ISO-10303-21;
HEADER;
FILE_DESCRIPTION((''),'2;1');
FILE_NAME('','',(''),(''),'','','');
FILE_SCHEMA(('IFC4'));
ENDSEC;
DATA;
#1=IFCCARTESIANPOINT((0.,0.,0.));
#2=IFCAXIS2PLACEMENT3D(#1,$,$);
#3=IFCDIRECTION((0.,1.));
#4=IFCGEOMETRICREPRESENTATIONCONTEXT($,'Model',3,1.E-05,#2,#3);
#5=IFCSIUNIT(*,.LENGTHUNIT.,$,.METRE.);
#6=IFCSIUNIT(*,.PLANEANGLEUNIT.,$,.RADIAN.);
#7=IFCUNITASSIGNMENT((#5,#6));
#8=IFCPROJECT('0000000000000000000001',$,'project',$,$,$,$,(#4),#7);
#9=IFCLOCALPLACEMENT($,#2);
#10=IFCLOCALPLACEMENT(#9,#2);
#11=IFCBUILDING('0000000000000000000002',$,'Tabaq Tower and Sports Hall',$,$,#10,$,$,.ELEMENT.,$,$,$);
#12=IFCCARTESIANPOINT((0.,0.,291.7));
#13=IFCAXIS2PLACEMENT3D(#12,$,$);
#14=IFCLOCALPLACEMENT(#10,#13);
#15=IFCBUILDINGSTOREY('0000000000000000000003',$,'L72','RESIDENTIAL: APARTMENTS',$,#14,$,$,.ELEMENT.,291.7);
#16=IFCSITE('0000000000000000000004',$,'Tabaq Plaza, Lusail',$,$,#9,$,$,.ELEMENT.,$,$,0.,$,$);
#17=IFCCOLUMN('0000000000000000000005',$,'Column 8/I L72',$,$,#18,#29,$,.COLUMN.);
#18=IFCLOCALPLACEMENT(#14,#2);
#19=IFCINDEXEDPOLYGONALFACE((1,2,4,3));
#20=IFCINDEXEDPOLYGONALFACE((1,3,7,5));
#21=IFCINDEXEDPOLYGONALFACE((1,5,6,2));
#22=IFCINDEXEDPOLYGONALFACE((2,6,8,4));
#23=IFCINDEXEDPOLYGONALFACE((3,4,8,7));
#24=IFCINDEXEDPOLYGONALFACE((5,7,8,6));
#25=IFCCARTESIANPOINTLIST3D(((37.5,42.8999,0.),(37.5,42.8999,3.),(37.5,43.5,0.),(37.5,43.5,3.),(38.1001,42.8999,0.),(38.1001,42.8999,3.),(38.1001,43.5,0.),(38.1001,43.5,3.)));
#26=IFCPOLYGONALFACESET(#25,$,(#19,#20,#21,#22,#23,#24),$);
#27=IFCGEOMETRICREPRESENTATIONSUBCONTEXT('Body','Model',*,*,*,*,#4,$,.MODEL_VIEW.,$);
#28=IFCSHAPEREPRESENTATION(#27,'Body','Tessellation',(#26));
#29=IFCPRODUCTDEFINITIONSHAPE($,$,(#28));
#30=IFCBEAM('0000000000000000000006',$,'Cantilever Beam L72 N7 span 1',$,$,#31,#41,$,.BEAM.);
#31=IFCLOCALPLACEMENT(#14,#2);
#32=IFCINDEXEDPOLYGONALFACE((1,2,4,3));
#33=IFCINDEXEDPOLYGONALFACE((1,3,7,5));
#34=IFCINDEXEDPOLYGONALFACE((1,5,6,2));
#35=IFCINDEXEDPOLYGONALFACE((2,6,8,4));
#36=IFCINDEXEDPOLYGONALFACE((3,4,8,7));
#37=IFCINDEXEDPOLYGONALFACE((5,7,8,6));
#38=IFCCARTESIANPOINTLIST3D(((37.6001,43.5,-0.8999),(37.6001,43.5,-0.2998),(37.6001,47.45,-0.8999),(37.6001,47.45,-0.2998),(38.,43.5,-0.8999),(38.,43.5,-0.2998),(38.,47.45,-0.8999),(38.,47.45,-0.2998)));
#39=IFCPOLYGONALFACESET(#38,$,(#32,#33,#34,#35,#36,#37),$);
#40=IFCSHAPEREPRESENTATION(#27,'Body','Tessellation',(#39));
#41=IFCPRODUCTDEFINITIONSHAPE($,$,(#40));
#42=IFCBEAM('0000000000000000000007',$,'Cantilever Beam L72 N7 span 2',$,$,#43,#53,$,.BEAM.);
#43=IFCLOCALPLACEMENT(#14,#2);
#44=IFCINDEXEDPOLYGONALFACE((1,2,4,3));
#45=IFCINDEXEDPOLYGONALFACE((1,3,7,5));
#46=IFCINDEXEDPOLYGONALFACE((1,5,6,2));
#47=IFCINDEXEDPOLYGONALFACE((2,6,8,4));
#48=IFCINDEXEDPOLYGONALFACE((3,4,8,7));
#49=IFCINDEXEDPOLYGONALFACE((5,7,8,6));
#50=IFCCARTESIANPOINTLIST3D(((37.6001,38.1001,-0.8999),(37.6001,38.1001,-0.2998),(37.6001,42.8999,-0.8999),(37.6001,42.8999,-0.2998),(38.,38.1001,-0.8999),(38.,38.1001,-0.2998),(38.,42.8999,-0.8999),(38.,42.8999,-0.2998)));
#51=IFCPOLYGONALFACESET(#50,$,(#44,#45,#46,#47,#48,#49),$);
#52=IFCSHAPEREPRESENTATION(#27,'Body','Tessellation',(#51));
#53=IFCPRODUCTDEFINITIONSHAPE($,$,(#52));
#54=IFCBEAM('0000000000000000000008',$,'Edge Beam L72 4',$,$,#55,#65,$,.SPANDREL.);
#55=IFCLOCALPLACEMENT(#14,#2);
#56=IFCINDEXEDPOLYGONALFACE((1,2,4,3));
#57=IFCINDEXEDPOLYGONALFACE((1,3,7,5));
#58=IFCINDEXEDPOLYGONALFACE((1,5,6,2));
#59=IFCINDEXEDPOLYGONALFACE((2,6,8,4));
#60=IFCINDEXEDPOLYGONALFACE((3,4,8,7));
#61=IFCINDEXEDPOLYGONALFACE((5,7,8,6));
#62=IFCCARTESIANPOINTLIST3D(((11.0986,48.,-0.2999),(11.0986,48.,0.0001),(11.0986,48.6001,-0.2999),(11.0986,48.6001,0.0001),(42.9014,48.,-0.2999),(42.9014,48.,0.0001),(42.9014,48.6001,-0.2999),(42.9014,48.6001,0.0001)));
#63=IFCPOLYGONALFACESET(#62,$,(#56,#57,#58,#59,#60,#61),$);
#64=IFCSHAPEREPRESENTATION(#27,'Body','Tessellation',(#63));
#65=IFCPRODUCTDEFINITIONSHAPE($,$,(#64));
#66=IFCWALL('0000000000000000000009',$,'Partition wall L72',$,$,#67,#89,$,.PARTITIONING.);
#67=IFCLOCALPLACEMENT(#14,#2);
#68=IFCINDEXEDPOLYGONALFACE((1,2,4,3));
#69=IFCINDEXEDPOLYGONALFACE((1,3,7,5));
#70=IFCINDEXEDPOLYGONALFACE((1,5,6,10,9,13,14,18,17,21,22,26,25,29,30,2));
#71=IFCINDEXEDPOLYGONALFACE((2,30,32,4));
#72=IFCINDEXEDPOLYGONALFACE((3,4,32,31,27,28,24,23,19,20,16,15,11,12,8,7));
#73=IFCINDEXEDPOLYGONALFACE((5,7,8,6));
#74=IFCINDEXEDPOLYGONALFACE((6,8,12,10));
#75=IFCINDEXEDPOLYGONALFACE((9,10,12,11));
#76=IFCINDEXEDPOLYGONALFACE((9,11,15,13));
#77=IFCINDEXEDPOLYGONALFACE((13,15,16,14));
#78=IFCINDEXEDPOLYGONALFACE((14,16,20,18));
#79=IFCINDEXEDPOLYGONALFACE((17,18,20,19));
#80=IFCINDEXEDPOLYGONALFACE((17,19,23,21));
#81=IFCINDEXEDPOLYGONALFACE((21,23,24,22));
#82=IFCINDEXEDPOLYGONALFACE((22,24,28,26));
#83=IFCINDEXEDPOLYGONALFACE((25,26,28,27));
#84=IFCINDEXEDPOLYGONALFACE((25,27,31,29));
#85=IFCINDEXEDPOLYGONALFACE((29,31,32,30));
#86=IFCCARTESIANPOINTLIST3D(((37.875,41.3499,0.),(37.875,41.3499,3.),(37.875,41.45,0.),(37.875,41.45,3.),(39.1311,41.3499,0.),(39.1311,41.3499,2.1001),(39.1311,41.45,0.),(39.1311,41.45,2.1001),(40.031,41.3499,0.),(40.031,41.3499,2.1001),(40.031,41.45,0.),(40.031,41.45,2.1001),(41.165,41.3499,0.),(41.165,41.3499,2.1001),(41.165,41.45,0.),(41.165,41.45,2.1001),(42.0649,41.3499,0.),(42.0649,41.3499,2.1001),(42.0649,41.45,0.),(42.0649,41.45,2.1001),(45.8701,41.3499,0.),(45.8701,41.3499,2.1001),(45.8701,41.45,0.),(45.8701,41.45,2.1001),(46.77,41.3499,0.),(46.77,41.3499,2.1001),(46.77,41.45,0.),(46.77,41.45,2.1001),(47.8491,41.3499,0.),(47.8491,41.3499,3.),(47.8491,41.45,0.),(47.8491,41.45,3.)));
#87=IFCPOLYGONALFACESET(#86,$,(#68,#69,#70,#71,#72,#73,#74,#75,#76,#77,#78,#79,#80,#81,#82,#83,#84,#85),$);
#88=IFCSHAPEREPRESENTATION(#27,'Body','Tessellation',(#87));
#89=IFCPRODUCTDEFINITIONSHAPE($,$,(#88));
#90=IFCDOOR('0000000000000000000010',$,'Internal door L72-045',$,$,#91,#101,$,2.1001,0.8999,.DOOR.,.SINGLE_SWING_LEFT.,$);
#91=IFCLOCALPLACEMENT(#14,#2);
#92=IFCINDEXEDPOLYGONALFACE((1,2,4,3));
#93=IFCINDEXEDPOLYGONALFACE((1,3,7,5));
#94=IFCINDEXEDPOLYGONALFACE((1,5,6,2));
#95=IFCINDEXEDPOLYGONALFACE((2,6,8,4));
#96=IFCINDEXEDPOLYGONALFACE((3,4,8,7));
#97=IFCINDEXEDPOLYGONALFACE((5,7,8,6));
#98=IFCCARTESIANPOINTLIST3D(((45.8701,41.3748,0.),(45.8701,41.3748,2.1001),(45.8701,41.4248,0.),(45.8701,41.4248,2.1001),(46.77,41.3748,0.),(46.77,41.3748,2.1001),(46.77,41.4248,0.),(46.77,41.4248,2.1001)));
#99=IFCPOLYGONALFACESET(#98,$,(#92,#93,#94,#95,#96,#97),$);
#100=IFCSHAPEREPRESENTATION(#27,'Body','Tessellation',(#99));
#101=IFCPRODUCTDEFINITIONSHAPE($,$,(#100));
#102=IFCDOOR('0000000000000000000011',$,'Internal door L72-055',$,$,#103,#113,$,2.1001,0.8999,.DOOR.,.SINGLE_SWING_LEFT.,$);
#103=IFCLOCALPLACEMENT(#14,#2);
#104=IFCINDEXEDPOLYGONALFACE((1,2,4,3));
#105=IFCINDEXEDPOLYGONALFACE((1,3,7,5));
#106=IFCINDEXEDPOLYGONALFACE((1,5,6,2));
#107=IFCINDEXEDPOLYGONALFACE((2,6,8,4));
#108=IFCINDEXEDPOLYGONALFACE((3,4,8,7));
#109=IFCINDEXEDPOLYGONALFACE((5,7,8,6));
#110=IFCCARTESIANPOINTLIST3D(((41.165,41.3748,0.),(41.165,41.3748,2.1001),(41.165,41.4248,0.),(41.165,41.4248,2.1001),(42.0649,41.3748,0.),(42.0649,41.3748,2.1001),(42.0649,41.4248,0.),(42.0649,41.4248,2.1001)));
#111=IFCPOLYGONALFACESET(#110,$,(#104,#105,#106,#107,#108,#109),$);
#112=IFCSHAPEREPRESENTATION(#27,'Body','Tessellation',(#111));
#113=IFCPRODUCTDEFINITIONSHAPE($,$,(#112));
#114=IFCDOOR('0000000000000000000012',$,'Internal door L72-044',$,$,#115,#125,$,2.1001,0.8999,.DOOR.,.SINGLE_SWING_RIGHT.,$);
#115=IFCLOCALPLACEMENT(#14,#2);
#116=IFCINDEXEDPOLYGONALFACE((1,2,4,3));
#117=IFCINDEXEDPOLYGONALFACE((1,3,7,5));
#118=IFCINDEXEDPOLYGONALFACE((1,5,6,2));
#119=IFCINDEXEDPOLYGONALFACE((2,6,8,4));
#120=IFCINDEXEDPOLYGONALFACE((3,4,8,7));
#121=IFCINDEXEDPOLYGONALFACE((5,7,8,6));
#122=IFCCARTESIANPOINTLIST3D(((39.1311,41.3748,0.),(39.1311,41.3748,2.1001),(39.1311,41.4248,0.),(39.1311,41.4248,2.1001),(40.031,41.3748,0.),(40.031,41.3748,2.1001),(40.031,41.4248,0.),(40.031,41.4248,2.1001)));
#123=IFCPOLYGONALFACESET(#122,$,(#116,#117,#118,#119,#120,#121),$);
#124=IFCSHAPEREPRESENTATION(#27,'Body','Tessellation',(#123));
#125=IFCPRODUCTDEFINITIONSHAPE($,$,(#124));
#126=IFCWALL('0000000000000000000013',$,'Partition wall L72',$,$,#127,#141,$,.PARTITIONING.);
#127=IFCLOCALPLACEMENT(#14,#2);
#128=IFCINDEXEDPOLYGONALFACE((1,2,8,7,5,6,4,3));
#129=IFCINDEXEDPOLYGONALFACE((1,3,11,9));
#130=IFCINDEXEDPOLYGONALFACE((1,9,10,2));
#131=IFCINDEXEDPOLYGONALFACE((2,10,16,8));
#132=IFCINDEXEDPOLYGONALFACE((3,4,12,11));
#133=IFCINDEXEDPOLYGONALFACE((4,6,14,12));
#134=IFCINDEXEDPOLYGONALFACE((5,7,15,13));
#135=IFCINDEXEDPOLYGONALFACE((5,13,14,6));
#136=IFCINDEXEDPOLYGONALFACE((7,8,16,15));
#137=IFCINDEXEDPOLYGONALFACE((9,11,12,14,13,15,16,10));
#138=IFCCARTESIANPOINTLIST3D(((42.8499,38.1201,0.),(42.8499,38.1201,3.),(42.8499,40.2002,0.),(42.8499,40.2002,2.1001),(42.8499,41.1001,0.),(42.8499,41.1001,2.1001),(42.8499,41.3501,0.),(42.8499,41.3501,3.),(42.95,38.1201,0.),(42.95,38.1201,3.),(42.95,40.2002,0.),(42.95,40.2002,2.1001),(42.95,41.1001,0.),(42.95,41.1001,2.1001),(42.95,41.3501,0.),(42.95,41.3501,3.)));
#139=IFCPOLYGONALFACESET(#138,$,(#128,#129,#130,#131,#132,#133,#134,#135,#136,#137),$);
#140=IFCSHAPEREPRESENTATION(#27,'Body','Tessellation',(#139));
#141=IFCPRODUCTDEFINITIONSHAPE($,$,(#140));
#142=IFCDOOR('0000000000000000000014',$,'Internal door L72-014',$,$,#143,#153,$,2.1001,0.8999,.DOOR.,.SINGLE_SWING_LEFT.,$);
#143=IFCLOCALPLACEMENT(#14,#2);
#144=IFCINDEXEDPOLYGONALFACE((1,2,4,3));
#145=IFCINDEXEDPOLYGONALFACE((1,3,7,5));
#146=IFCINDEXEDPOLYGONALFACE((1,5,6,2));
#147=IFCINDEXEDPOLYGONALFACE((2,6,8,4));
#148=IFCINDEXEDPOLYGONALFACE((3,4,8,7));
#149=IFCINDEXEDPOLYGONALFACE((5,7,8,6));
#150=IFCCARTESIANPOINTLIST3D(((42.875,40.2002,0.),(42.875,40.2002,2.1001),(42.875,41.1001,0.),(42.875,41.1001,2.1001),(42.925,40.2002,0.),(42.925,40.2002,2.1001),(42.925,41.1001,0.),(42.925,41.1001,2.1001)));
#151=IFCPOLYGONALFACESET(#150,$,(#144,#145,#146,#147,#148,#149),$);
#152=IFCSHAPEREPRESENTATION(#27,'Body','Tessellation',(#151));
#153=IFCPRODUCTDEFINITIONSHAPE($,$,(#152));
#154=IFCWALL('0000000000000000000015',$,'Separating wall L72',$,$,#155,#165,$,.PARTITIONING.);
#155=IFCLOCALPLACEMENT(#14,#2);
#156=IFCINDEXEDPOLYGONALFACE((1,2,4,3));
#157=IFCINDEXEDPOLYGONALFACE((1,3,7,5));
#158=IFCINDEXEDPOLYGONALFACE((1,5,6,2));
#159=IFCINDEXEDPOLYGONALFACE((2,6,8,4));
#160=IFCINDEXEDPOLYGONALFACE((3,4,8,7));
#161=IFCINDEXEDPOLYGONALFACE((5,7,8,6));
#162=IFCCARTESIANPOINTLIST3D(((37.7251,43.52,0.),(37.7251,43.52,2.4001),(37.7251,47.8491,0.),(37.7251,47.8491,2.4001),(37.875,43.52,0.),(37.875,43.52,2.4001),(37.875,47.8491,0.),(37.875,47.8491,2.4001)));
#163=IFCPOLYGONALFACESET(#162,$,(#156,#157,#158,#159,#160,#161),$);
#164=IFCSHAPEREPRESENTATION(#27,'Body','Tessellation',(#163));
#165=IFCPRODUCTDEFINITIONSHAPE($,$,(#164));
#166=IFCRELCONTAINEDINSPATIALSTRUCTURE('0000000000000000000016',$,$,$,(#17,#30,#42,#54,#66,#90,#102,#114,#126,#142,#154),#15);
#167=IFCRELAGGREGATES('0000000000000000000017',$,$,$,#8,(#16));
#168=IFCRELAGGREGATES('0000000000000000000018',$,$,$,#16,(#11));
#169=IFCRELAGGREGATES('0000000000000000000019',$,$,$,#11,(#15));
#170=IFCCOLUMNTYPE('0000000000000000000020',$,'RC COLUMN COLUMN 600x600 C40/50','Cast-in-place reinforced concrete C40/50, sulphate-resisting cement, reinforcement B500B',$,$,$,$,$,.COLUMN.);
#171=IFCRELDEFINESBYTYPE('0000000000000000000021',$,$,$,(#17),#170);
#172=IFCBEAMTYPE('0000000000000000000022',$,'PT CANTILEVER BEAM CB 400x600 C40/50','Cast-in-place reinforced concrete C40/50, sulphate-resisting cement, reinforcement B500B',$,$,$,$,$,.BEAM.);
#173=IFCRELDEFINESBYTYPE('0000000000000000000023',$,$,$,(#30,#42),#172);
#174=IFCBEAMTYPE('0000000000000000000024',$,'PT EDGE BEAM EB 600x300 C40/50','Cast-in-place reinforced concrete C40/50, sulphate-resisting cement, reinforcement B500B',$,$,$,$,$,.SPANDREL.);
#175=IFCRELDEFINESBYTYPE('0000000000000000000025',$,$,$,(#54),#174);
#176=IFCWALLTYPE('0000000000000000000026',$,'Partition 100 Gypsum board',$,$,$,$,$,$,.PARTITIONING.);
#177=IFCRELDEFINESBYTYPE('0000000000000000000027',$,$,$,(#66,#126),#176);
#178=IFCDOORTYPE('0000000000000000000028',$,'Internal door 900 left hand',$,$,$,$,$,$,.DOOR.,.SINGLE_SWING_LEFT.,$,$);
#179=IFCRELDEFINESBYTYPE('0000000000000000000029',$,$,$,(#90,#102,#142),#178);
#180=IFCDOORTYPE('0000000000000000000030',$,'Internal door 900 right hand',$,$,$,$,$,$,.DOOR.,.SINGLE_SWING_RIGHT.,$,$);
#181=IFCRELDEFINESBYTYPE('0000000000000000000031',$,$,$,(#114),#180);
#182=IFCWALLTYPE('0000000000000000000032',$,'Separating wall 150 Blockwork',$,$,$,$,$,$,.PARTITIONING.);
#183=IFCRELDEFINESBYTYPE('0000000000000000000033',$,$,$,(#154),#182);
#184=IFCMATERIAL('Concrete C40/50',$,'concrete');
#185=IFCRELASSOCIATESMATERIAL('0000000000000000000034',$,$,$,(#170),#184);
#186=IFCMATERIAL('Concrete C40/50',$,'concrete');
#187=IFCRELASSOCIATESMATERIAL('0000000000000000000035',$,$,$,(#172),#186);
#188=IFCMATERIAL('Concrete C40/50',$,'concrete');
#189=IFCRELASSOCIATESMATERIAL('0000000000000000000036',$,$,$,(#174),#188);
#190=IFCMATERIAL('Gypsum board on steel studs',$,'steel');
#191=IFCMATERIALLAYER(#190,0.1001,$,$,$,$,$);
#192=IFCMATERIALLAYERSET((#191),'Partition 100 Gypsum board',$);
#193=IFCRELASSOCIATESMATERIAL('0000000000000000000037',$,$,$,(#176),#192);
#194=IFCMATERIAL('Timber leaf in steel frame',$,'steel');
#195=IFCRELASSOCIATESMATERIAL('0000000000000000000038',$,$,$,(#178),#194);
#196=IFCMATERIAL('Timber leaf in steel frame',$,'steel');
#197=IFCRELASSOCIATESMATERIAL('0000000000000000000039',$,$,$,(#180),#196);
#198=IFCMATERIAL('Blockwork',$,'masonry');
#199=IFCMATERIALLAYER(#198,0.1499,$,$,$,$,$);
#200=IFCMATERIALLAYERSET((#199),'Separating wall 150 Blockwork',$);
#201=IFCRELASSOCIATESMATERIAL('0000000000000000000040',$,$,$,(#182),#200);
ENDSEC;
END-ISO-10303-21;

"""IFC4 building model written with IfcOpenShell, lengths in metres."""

from ifc_helpers import new_model, si_unit, direction, frame, frame_2d, origin, origin_2d, place, context, subcontext, project, spatial, rectangle, extrude, material, layer, layer_set, material_profile, profile_set, type_object, element, fill, save


model = new_model("IFC4")

# Units and contexts
model_context = context("Model", 3, precision=1e-05, world=origin(), true_north=direction((0.0, 1.0)))
body_context = subcontext(model_context, "Body", "Model", "MODEL_VIEW")
ifc_project = project(units=[si_unit("LENGTHUNIT", "METRE"), si_unit("PLANEANGLEUNIT", "RADIAN")], contexts=[model_context])

# Site, building, storey
site_placement = place(None, origin())
site = spatial("IfcSite", under=ifc_project, at=site_placement, Name="Tabaq Plaza, Lusail", CompositionType="ELEMENT", RefElevation=0.0)
building_placement = place(site_placement, origin())
building = spatial("IfcBuilding", under=site, at=building_placement, Name="Tabaq Tower and Sports Hall", CompositionType="ELEMENT")
storey_placement = place(building_placement, frame((0.0, 0.0, 291.7)))
storey = spatial("IfcBuildingStorey", under=building, at=storey_placement, Name="L72", Description="RESIDENTIAL: APARTMENTS", CompositionType="ELEMENT", Elevation=291.7)

# Column
ifc_material_1 = material(Name="Concrete C40/50", Category="concrete")
ifc_material_profile_1 = material_profile(ifc_material_1, rectangle(XDim=0.6001, YDim=0.6001, at=origin_2d()), Name="COLUMN 600x600")
ifc_profile_set_1 = profile_set([ifc_material_profile_1], Name="Concrete C40/50")
column_type = type_object("IfcColumnType", Name="RC COLUMN COLUMN 600x600 C40/50", Description="Cast-in-place reinforced concrete C40/50, sulphate-resisting cement, reinforcement B500B", PredefinedType="COLUMN", material=ifc_profile_set_1)
column_placement = place(storey_placement, frame((37.8, 43.2, 0.0), z_axis=(0.0, 0.0, 1.0), x_axis=(1.0, 0.0, 0.0)))
element("IfcColumn", 1, at=column_placement, inside=storey, type_object=column_type, Name="Column 8/I L72", PredefinedType="COLUMN", context=body_context, shape_type="SweptSolid", body=[
    extrude(rectangle(XDim=0.6001, YDim=0.6001, at=origin_2d()), origin(), (0.0, 0.0, 1.0), 3.0),
])

# Beams
ifc_material_2 = material(Name="Concrete C40/50", Category="concrete")
ifc_material_profile_2 = material_profile(ifc_material_2, rectangle(XDim=0.3999, YDim=0.6001, at=origin_2d()), Name="CB 400x600")
ifc_profile_set_2 = profile_set([ifc_material_profile_2], Name="Concrete C40/50")
beam_type_1 = type_object("IfcBeamType", Name="PT CANTILEVER BEAM CB 400x600 C40/50", Description="Cast-in-place reinforced concrete C40/50, sulphate-resisting cement, reinforcement B500B", PredefinedType="BEAM", material=ifc_profile_set_2)
beam_1_placement = place(storey_placement, frame((37.8, 47.45, -0.5999), z_axis=(0.0, -1.0, 0.0), x_axis=(1.0, 0.0, 0.0)))
element("IfcBeam", 2, at=beam_1_placement, inside=storey, type_object=beam_type_1, Name="Cantilever Beam L72 N7 span 1", PredefinedType="BEAM", context=body_context, shape_type="SweptSolid", body=[
    extrude(rectangle(XDim=0.3999, YDim=0.6001, at=origin_2d()), origin(), (0.0, 0.0, 1.0), 3.95),
])
beam_2_placement = place(storey_placement, frame((37.8, 42.8999, -0.5999), z_axis=(0.0, -1.0, 0.0), x_axis=(1.0, 0.0, 0.0)))
element("IfcBeam", 3, at=beam_2_placement, inside=storey, type_object=beam_type_1, Name="Cantilever Beam L72 N7 span 2", PredefinedType="BEAM", context=body_context, shape_type="SweptSolid", body=[
    extrude(rectangle(XDim=0.3999, YDim=0.6001, at=origin_2d()), origin(), (0.0, 0.0, 1.0), 4.7998),
])
ifc_material_3 = material(Name="Concrete C40/50", Category="concrete")
ifc_material_profile_3 = material_profile(ifc_material_3, rectangle(XDim=0.6001, YDim=0.3, at=origin_2d()), Name="EB 600x300")
ifc_profile_set_3 = profile_set([ifc_material_profile_3], Name="Concrete C40/50")
beam_type_2 = type_object("IfcBeamType", Name="PT EDGE BEAM EB 600x300 C40/50", Description="Cast-in-place reinforced concrete C40/50, sulphate-resisting cement, reinforcement B500B", PredefinedType="SPANDREL", material=ifc_profile_set_3)
beam_3_placement = place(storey_placement, frame((42.9014, 48.3, -0.1499), z_axis=(-1.0, 0.0, 0.0), x_axis=(0.0, -1.0, 0.0)))
element("IfcBeam", 4, at=beam_3_placement, inside=storey, type_object=beam_type_2, Name="Edge Beam L72 4", PredefinedType="SPANDREL", context=body_context, shape_type="SweptSolid", body=[
    extrude(rectangle(XDim=0.6001, YDim=0.3, at=origin_2d()), origin(), (0.0, 0.0, 1.0), 31.8027),
])

# Wall, openings, doors
ifc_material_4 = material(Name="Gypsum board on steel studs", Category="steel")
ifc_layer_1 = layer(ifc_material_4, 0.1001)
ifc_layer_set_1 = layer_set([ifc_layer_1], Name="Partition 100 Gypsum board")
wall_type_1 = type_object("IfcWallType", Name="Partition 100 Gypsum board", PredefinedType="PARTITIONING", material=ifc_layer_set_1)
wall_1_placement = place(storey_placement, frame((37.875, 41.3999, 0.0), z_axis=(0.0, 0.0, 1.0), x_axis=(1.0, 0.0, 0.0)))
wall_1 = element("IfcWall", 5, at=wall_1_placement, inside=storey, type_object=wall_type_1, Name="Partition wall L72", PredefinedType="PARTITIONING", context=body_context, shape_type="SweptSolid", body=[
    extrude(rectangle(XDim=9.9741, YDim=0.1001, at=frame_2d((4.9871, 0.0))), origin(), (0.0, 0.0, 1.0), 3.0),
])
opening_1_placement = place(wall_1_placement, frame((1.2561, 0.0, 0.0)))
opening_1 = element("IfcOpeningElement", 6, at=opening_1_placement, cuts=wall_1, PredefinedType="OPENING", context=body_context, shape_type="SweptSolid", body=[
    extrude(rectangle(XDim=0.8999, YDim=2.1001, at=frame_2d((0.45, 1.05))), frame((0.0, 0.05, 0.0), z_axis=(0.0, -1.0, 0.0), x_axis=(1.0, 0.0, 0.0)), (0.0, 0.0, 1.0), 0.1001),
])
opening_2_placement = place(wall_1_placement, frame((7.9951, 0.0, 0.0)))
opening_2 = element("IfcOpeningElement", 7, at=opening_2_placement, cuts=wall_1, PredefinedType="OPENING", context=body_context, shape_type="SweptSolid", body=[
    extrude(rectangle(XDim=0.8999, YDim=2.1001, at=frame_2d((0.45, 1.05))), frame((0.0, 0.05, 0.0), z_axis=(0.0, -1.0, 0.0), x_axis=(1.0, 0.0, 0.0)), (0.0, 0.0, 1.0), 0.1001),
])
opening_3_placement = place(wall_1_placement, frame((3.29, 0.0, 0.0)))
opening_3 = element("IfcOpeningElement", 8, at=opening_3_placement, cuts=wall_1, PredefinedType="OPENING", context=body_context, shape_type="SweptSolid", body=[
    extrude(rectangle(XDim=0.8999, YDim=2.1001, at=frame_2d((0.45, 1.05))), frame((0.0, 0.05, 0.0), z_axis=(0.0, -1.0, 0.0), x_axis=(1.0, 0.0, 0.0)), (0.0, 0.0, 1.0), 0.1001),
])
ifc_material_5 = material(Name="Timber leaf in steel frame", Category="steel")
door_type_1 = type_object("IfcDoorType", Name="Internal door 900 left hand", OperationType="SINGLE_SWING_LEFT", PredefinedType="DOOR", material=ifc_material_5)
door_1_placement = place(opening_2_placement, origin())
door_1 = element("IfcDoor", 9, at=door_1_placement, inside=storey, type_object=door_type_1, Name="Internal door L72-045", OperationType="SINGLE_SWING_LEFT", OverallHeight=2.1001, OverallWidth=0.8999, PredefinedType="DOOR", context=body_context, shape_type="SweptSolid", body=[
    extrude(rectangle(XDim=0.8999, YDim=2.1001, at=frame_2d((0.45, 1.05))), frame((0.0, 0.0249, 0.0), z_axis=(0.0, -1.0, 0.0), x_axis=(1.0, 0.0, 0.0)), (0.0, 0.0, 1.0), 0.05),
])
fill(opening_2, door_1)
door_2_placement = place(opening_3_placement, origin())
door_2 = element("IfcDoor", 10, at=door_2_placement, inside=storey, type_object=door_type_1, Name="Internal door L72-055", OperationType="SINGLE_SWING_LEFT", OverallHeight=2.1001, OverallWidth=0.8999, PredefinedType="DOOR", context=body_context, shape_type="SweptSolid", body=[
    extrude(rectangle(XDim=0.8999, YDim=2.1001, at=frame_2d((0.45, 1.05))), frame((0.0, 0.0249, 0.0), z_axis=(0.0, -1.0, 0.0), x_axis=(1.0, 0.0, 0.0)), (0.0, 0.0, 1.0), 0.05),
])
fill(opening_3, door_2)
ifc_material_6 = material(Name="Timber leaf in steel frame", Category="steel")
door_type_2 = type_object("IfcDoorType", Name="Internal door 900 right hand", OperationType="SINGLE_SWING_RIGHT", PredefinedType="DOOR", material=ifc_material_6)
door_3_placement = place(opening_1_placement, origin())
door_3 = element("IfcDoor", 11, at=door_3_placement, inside=storey, type_object=door_type_2, Name="Internal door L72-044", OperationType="SINGLE_SWING_RIGHT", OverallHeight=2.1001, OverallWidth=0.8999, PredefinedType="DOOR", context=body_context, shape_type="SweptSolid", body=[
    extrude(rectangle(XDim=0.8999, YDim=2.1001, at=frame_2d((0.45, 1.05))), frame((0.0, 0.0249, 0.0), z_axis=(0.0, -1.0, 0.0), x_axis=(1.0, 0.0, 0.0)), (0.0, 0.0, 1.0), 0.05),
])
fill(opening_1, door_3)

# Wall, opening, door
wall_2_placement = place(storey_placement, frame((42.8999, 38.1201, 0.0), z_axis=(0.0, 0.0, 1.0), x_axis=(0.0, 1.0, 0.0)))
wall_2 = element("IfcWall", 12, at=wall_2_placement, inside=storey, type_object=wall_type_1, Name="Partition wall L72", PredefinedType="PARTITIONING", context=body_context, shape_type="SweptSolid", body=[
    extrude(rectangle(XDim=3.23, YDim=0.1001, at=frame_2d((1.615, 0.0))), origin(), (0.0, 0.0, 1.0), 3.0),
])
opening_4_placement = place(wall_2_placement, frame((2.0801, 0.0, 0.0)))
opening_4 = element("IfcOpeningElement", 13, at=opening_4_placement, cuts=wall_2, PredefinedType="OPENING", context=body_context, shape_type="SweptSolid", body=[
    extrude(rectangle(XDim=0.8999, YDim=2.1001, at=frame_2d((0.45, 1.05))), frame((0.0, 0.05, 0.0), z_axis=(0.0, -1.0, 0.0), x_axis=(1.0, 0.0, 0.0)), (0.0, 0.0, 1.0), 0.1001),
])
door_4_placement = place(opening_4_placement, origin())
door_4 = element("IfcDoor", 14, at=door_4_placement, inside=storey, type_object=door_type_1, Name="Internal door L72-014", OperationType="SINGLE_SWING_LEFT", OverallHeight=2.1001, OverallWidth=0.8999, PredefinedType="DOOR", context=body_context, shape_type="SweptSolid", body=[
    extrude(rectangle(XDim=0.8999, YDim=2.1001, at=frame_2d((0.45, 1.05))), frame((0.0, 0.0249, 0.0), z_axis=(0.0, -1.0, 0.0), x_axis=(1.0, 0.0, 0.0)), (0.0, 0.0, 1.0), 0.05),
])
fill(opening_4, door_4)

# Wall
ifc_material_7 = material(Name="Blockwork", Category="masonry")
ifc_layer_2 = layer(ifc_material_7, 0.1499)
ifc_layer_set_2 = layer_set([ifc_layer_2], Name="Separating wall 150 Blockwork")
wall_type_2 = type_object("IfcWallType", Name="Separating wall 150 Blockwork", PredefinedType="PARTITIONING", material=ifc_layer_set_2)
wall_3_placement = place(storey_placement, frame((37.8, 43.52, 0.0), z_axis=(0.0, 0.0, 1.0), x_axis=(0.0, 1.0, 0.0)))
element("IfcWall", 15, at=wall_3_placement, inside=storey, type_object=wall_type_2, Name="Separating wall L72", PredefinedType="PARTITIONING", context=body_context, shape_type="SweptSolid", body=[
    extrude(rectangle(XDim=4.3291, YDim=0.1499, at=frame_2d((2.1646, 0.0))), origin(), (0.0, 0.0, 1.0), 2.4001),
])

save(model, "model.ifc")
